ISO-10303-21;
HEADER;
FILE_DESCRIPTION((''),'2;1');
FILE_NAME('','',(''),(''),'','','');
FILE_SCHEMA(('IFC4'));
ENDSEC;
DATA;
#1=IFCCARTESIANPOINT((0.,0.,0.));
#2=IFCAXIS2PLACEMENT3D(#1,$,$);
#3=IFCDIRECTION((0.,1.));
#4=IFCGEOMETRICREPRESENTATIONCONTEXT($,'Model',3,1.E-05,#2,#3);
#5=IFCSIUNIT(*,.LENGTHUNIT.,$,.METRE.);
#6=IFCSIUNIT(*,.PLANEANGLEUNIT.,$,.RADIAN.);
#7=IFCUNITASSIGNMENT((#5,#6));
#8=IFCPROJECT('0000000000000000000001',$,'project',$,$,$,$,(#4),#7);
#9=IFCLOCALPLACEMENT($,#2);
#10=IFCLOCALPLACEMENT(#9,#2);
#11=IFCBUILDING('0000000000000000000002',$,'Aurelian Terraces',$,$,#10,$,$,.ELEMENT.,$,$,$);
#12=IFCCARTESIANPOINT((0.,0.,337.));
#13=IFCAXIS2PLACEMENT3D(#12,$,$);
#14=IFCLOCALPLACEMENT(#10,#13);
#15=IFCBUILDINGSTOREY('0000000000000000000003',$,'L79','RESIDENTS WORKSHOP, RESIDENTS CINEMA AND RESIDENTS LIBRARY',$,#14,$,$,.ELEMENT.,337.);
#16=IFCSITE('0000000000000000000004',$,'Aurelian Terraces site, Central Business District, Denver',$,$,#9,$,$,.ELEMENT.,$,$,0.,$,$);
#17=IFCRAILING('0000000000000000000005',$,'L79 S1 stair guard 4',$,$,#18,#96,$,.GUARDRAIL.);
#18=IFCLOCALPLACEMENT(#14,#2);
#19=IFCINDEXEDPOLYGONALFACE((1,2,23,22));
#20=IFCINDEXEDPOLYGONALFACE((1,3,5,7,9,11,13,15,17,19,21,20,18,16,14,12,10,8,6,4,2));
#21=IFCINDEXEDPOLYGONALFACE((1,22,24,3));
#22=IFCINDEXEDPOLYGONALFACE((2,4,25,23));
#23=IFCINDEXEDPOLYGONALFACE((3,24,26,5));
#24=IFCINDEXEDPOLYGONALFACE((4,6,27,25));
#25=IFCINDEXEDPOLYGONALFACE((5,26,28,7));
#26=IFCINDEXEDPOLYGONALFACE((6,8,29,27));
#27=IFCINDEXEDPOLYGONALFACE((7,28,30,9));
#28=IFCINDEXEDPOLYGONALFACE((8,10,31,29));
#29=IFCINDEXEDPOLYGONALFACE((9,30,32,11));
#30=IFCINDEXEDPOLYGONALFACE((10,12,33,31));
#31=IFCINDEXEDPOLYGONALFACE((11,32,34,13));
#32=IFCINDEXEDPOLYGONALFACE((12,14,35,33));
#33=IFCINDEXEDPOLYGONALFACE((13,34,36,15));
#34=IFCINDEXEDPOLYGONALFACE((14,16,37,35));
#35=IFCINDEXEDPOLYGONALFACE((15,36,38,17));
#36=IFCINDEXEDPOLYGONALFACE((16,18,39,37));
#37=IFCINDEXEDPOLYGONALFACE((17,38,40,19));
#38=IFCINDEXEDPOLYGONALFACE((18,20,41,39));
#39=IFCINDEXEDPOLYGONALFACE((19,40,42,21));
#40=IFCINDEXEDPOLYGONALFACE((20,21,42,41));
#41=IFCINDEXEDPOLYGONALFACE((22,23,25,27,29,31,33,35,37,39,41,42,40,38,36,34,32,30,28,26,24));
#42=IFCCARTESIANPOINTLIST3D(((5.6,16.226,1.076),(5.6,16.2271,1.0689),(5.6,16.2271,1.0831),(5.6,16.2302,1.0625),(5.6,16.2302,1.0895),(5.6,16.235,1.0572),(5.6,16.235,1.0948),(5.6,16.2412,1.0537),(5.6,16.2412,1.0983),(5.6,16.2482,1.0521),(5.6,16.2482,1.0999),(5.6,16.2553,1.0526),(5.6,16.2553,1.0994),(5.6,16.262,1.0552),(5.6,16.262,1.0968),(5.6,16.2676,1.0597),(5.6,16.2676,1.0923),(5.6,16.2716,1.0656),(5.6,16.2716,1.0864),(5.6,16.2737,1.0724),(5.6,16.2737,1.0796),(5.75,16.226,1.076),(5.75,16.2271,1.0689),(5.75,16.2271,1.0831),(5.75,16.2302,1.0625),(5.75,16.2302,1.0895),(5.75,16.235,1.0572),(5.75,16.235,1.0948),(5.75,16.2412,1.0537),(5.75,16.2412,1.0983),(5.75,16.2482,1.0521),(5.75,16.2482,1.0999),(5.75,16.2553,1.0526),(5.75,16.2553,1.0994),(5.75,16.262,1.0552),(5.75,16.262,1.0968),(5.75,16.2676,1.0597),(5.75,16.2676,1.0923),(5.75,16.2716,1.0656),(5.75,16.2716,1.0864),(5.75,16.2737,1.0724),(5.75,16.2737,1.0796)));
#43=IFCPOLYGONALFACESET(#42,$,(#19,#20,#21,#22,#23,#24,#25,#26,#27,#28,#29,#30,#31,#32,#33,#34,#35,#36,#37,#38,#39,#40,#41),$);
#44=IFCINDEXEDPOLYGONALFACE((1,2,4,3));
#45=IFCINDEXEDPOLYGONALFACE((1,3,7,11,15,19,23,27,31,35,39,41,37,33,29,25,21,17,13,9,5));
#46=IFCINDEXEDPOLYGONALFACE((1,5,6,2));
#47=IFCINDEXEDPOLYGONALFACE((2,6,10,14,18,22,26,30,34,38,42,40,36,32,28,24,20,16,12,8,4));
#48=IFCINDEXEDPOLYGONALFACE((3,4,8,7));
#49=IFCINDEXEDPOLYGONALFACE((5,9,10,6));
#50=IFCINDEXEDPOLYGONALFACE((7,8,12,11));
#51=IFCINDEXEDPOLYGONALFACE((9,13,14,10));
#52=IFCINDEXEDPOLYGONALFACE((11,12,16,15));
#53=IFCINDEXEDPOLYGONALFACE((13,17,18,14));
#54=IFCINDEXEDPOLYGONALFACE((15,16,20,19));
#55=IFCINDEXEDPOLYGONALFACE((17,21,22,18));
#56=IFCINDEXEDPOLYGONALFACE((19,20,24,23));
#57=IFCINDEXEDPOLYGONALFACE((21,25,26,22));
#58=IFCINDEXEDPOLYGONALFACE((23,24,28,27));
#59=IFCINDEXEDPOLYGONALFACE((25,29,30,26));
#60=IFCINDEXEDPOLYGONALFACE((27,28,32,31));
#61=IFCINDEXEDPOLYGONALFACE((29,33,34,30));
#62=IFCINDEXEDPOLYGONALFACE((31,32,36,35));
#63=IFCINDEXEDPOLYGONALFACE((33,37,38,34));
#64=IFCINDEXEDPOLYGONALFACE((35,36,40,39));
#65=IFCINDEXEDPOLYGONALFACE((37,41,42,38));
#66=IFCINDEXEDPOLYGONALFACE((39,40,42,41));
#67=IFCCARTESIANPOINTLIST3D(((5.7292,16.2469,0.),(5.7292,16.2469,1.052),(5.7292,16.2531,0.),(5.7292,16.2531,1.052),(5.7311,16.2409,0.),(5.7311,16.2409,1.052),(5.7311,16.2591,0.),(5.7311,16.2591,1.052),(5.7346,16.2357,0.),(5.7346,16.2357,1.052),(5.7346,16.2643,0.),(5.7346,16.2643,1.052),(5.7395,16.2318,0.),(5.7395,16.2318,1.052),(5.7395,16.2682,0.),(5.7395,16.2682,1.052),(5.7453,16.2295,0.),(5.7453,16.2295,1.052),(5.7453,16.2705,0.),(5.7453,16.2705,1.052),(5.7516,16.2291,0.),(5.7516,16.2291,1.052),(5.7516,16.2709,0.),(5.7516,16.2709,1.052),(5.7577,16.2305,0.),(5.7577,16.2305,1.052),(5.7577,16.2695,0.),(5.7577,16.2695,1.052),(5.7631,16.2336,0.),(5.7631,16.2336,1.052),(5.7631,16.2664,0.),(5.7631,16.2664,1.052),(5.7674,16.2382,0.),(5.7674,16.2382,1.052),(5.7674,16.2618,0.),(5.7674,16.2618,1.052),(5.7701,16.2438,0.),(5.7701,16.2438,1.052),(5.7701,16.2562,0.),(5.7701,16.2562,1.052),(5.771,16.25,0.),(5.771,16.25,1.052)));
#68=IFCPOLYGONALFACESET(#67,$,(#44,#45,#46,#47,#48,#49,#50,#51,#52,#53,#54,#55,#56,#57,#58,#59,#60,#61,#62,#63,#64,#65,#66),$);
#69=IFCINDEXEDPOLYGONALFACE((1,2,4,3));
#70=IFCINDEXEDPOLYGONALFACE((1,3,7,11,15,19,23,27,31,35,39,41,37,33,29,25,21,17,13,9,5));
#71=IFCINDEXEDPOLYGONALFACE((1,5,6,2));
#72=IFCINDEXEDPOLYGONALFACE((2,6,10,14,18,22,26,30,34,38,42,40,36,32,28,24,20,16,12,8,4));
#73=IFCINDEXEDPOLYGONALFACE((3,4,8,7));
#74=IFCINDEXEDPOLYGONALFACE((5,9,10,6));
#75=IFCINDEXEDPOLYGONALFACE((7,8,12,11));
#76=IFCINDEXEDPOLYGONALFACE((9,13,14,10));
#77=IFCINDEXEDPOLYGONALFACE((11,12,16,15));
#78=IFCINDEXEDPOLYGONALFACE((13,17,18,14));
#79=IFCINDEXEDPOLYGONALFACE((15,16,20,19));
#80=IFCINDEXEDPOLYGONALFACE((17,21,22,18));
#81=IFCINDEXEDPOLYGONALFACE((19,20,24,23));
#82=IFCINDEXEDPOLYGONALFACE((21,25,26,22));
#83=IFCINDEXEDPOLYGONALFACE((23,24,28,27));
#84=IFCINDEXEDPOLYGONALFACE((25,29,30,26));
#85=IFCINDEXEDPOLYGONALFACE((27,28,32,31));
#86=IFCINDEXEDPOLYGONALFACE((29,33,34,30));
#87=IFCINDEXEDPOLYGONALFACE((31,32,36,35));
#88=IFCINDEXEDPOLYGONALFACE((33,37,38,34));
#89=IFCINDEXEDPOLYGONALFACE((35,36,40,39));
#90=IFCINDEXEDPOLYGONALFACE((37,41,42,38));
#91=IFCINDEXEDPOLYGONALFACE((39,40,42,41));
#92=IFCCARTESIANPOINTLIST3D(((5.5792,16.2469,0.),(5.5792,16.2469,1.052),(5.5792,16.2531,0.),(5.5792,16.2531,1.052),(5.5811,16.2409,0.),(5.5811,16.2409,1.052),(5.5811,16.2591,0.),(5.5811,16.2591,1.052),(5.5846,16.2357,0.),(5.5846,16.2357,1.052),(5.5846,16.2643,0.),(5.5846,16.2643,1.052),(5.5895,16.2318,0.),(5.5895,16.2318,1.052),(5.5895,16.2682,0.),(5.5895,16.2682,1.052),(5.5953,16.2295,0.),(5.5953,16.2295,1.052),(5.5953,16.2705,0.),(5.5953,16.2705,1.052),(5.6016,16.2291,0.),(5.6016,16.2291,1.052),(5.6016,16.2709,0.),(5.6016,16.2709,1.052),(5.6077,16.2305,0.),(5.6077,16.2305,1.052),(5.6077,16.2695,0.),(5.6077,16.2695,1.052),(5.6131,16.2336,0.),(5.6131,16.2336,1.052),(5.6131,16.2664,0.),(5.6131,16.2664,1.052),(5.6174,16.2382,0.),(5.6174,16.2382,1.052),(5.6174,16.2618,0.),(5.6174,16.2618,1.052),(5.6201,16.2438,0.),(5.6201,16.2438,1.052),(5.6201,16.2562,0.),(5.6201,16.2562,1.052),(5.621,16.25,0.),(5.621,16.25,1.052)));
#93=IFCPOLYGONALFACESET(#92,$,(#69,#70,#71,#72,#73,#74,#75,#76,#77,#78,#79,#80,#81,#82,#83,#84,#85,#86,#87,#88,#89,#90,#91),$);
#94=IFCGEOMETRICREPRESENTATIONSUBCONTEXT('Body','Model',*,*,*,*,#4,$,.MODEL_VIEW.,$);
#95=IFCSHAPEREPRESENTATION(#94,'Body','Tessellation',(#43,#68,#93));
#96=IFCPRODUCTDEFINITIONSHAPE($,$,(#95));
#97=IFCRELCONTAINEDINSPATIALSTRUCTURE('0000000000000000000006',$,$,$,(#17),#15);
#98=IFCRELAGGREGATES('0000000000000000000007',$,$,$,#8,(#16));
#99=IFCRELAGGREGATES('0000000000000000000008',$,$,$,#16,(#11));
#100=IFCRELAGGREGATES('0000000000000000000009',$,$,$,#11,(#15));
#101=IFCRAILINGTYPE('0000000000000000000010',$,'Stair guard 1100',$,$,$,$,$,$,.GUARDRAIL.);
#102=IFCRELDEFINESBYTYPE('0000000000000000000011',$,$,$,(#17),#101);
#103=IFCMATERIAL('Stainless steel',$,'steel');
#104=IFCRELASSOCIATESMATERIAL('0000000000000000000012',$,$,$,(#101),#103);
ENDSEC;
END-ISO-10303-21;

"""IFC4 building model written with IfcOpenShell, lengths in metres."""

from ifc_helpers import new_model, si_unit, direction, frame, origin, origin_2d, place, context, subcontext, project, spatial, circle, extrude, source, transform, mapped, material, type_object, element, save


model = new_model("IFC4")

# Units and contexts
model_context = context("Model", 3, precision=1e-05, world=origin(), true_north=direction((0.0, 1.0)))
body_context = subcontext(model_context, "Body", "Model", "MODEL_VIEW")
ifc_project = project(units=[si_unit("LENGTHUNIT", "METRE"), si_unit("PLANEANGLEUNIT", "RADIAN")], contexts=[model_context])

# Site, building, storey
site_placement = place(None, origin())
site = spatial("IfcSite", under=ifc_project, at=site_placement, Name="Aurelian Terraces site, Central Business District, Denver", CompositionType="ELEMENT", RefElevation=0.0)
building_placement = place(site_placement, origin())
building = spatial("IfcBuilding", under=site, at=building_placement, Name="Aurelian Terraces", CompositionType="ELEMENT")
storey_placement = place(building_placement, frame((0.0, 0.0, 337.0)))
storey = spatial("IfcBuildingStorey", under=building, at=storey_placement, Name="L79", Description="RESIDENTS WORKSHOP, RESIDENTS CINEMA AND RESIDENTS LIBRARY", CompositionType="ELEMENT", Elevation=337.0)

# Railing
ifc_material_1 = material(Name="Stainless steel", Category="steel")
railing_type_1 = type_object("IfcRailingType", Name="Stair guard 1100", PredefinedType="GUARDRAIL", material=ifc_material_1)
shared_shape_1 = source(origin(), body_context, "Body", "SweptSolid", [
    extrude(circle(Radius=0.024, at=origin_2d()), frame((0.0, 0.0, 1.076), z_axis=(-1.0, 0.0, 0.0), x_axis=(0.0, -1.0, 0.0)), (0.0, 0.0, 1.0), 0.15),
    extrude(circle(Radius=0.021, at=origin_2d()), origin(), (0.0, 0.0, 1.0), 1.052),
    extrude(circle(Radius=0.021, at=origin_2d()), frame((-0.15, 0.0, 0.0)), (0.0, 0.0, 1.0), 1.052),
])
for number, where, name in (
    (1, (5.75, 16.25, 0.0), "L79 S1 stair guard 4"),
):
    element("IfcRailing", number, at=place(storey_placement, frame(where)), inside=storey, type_object=railing_type_1, Name=name, PredefinedType="GUARDRAIL", context=body_context, shape_type="MappedRepresentation", body=[
        mapped(shared_shape_1, transform((0.0, 0.0, 0.0), scale=1.0)),
    ])

save(model, "model.ifc")
